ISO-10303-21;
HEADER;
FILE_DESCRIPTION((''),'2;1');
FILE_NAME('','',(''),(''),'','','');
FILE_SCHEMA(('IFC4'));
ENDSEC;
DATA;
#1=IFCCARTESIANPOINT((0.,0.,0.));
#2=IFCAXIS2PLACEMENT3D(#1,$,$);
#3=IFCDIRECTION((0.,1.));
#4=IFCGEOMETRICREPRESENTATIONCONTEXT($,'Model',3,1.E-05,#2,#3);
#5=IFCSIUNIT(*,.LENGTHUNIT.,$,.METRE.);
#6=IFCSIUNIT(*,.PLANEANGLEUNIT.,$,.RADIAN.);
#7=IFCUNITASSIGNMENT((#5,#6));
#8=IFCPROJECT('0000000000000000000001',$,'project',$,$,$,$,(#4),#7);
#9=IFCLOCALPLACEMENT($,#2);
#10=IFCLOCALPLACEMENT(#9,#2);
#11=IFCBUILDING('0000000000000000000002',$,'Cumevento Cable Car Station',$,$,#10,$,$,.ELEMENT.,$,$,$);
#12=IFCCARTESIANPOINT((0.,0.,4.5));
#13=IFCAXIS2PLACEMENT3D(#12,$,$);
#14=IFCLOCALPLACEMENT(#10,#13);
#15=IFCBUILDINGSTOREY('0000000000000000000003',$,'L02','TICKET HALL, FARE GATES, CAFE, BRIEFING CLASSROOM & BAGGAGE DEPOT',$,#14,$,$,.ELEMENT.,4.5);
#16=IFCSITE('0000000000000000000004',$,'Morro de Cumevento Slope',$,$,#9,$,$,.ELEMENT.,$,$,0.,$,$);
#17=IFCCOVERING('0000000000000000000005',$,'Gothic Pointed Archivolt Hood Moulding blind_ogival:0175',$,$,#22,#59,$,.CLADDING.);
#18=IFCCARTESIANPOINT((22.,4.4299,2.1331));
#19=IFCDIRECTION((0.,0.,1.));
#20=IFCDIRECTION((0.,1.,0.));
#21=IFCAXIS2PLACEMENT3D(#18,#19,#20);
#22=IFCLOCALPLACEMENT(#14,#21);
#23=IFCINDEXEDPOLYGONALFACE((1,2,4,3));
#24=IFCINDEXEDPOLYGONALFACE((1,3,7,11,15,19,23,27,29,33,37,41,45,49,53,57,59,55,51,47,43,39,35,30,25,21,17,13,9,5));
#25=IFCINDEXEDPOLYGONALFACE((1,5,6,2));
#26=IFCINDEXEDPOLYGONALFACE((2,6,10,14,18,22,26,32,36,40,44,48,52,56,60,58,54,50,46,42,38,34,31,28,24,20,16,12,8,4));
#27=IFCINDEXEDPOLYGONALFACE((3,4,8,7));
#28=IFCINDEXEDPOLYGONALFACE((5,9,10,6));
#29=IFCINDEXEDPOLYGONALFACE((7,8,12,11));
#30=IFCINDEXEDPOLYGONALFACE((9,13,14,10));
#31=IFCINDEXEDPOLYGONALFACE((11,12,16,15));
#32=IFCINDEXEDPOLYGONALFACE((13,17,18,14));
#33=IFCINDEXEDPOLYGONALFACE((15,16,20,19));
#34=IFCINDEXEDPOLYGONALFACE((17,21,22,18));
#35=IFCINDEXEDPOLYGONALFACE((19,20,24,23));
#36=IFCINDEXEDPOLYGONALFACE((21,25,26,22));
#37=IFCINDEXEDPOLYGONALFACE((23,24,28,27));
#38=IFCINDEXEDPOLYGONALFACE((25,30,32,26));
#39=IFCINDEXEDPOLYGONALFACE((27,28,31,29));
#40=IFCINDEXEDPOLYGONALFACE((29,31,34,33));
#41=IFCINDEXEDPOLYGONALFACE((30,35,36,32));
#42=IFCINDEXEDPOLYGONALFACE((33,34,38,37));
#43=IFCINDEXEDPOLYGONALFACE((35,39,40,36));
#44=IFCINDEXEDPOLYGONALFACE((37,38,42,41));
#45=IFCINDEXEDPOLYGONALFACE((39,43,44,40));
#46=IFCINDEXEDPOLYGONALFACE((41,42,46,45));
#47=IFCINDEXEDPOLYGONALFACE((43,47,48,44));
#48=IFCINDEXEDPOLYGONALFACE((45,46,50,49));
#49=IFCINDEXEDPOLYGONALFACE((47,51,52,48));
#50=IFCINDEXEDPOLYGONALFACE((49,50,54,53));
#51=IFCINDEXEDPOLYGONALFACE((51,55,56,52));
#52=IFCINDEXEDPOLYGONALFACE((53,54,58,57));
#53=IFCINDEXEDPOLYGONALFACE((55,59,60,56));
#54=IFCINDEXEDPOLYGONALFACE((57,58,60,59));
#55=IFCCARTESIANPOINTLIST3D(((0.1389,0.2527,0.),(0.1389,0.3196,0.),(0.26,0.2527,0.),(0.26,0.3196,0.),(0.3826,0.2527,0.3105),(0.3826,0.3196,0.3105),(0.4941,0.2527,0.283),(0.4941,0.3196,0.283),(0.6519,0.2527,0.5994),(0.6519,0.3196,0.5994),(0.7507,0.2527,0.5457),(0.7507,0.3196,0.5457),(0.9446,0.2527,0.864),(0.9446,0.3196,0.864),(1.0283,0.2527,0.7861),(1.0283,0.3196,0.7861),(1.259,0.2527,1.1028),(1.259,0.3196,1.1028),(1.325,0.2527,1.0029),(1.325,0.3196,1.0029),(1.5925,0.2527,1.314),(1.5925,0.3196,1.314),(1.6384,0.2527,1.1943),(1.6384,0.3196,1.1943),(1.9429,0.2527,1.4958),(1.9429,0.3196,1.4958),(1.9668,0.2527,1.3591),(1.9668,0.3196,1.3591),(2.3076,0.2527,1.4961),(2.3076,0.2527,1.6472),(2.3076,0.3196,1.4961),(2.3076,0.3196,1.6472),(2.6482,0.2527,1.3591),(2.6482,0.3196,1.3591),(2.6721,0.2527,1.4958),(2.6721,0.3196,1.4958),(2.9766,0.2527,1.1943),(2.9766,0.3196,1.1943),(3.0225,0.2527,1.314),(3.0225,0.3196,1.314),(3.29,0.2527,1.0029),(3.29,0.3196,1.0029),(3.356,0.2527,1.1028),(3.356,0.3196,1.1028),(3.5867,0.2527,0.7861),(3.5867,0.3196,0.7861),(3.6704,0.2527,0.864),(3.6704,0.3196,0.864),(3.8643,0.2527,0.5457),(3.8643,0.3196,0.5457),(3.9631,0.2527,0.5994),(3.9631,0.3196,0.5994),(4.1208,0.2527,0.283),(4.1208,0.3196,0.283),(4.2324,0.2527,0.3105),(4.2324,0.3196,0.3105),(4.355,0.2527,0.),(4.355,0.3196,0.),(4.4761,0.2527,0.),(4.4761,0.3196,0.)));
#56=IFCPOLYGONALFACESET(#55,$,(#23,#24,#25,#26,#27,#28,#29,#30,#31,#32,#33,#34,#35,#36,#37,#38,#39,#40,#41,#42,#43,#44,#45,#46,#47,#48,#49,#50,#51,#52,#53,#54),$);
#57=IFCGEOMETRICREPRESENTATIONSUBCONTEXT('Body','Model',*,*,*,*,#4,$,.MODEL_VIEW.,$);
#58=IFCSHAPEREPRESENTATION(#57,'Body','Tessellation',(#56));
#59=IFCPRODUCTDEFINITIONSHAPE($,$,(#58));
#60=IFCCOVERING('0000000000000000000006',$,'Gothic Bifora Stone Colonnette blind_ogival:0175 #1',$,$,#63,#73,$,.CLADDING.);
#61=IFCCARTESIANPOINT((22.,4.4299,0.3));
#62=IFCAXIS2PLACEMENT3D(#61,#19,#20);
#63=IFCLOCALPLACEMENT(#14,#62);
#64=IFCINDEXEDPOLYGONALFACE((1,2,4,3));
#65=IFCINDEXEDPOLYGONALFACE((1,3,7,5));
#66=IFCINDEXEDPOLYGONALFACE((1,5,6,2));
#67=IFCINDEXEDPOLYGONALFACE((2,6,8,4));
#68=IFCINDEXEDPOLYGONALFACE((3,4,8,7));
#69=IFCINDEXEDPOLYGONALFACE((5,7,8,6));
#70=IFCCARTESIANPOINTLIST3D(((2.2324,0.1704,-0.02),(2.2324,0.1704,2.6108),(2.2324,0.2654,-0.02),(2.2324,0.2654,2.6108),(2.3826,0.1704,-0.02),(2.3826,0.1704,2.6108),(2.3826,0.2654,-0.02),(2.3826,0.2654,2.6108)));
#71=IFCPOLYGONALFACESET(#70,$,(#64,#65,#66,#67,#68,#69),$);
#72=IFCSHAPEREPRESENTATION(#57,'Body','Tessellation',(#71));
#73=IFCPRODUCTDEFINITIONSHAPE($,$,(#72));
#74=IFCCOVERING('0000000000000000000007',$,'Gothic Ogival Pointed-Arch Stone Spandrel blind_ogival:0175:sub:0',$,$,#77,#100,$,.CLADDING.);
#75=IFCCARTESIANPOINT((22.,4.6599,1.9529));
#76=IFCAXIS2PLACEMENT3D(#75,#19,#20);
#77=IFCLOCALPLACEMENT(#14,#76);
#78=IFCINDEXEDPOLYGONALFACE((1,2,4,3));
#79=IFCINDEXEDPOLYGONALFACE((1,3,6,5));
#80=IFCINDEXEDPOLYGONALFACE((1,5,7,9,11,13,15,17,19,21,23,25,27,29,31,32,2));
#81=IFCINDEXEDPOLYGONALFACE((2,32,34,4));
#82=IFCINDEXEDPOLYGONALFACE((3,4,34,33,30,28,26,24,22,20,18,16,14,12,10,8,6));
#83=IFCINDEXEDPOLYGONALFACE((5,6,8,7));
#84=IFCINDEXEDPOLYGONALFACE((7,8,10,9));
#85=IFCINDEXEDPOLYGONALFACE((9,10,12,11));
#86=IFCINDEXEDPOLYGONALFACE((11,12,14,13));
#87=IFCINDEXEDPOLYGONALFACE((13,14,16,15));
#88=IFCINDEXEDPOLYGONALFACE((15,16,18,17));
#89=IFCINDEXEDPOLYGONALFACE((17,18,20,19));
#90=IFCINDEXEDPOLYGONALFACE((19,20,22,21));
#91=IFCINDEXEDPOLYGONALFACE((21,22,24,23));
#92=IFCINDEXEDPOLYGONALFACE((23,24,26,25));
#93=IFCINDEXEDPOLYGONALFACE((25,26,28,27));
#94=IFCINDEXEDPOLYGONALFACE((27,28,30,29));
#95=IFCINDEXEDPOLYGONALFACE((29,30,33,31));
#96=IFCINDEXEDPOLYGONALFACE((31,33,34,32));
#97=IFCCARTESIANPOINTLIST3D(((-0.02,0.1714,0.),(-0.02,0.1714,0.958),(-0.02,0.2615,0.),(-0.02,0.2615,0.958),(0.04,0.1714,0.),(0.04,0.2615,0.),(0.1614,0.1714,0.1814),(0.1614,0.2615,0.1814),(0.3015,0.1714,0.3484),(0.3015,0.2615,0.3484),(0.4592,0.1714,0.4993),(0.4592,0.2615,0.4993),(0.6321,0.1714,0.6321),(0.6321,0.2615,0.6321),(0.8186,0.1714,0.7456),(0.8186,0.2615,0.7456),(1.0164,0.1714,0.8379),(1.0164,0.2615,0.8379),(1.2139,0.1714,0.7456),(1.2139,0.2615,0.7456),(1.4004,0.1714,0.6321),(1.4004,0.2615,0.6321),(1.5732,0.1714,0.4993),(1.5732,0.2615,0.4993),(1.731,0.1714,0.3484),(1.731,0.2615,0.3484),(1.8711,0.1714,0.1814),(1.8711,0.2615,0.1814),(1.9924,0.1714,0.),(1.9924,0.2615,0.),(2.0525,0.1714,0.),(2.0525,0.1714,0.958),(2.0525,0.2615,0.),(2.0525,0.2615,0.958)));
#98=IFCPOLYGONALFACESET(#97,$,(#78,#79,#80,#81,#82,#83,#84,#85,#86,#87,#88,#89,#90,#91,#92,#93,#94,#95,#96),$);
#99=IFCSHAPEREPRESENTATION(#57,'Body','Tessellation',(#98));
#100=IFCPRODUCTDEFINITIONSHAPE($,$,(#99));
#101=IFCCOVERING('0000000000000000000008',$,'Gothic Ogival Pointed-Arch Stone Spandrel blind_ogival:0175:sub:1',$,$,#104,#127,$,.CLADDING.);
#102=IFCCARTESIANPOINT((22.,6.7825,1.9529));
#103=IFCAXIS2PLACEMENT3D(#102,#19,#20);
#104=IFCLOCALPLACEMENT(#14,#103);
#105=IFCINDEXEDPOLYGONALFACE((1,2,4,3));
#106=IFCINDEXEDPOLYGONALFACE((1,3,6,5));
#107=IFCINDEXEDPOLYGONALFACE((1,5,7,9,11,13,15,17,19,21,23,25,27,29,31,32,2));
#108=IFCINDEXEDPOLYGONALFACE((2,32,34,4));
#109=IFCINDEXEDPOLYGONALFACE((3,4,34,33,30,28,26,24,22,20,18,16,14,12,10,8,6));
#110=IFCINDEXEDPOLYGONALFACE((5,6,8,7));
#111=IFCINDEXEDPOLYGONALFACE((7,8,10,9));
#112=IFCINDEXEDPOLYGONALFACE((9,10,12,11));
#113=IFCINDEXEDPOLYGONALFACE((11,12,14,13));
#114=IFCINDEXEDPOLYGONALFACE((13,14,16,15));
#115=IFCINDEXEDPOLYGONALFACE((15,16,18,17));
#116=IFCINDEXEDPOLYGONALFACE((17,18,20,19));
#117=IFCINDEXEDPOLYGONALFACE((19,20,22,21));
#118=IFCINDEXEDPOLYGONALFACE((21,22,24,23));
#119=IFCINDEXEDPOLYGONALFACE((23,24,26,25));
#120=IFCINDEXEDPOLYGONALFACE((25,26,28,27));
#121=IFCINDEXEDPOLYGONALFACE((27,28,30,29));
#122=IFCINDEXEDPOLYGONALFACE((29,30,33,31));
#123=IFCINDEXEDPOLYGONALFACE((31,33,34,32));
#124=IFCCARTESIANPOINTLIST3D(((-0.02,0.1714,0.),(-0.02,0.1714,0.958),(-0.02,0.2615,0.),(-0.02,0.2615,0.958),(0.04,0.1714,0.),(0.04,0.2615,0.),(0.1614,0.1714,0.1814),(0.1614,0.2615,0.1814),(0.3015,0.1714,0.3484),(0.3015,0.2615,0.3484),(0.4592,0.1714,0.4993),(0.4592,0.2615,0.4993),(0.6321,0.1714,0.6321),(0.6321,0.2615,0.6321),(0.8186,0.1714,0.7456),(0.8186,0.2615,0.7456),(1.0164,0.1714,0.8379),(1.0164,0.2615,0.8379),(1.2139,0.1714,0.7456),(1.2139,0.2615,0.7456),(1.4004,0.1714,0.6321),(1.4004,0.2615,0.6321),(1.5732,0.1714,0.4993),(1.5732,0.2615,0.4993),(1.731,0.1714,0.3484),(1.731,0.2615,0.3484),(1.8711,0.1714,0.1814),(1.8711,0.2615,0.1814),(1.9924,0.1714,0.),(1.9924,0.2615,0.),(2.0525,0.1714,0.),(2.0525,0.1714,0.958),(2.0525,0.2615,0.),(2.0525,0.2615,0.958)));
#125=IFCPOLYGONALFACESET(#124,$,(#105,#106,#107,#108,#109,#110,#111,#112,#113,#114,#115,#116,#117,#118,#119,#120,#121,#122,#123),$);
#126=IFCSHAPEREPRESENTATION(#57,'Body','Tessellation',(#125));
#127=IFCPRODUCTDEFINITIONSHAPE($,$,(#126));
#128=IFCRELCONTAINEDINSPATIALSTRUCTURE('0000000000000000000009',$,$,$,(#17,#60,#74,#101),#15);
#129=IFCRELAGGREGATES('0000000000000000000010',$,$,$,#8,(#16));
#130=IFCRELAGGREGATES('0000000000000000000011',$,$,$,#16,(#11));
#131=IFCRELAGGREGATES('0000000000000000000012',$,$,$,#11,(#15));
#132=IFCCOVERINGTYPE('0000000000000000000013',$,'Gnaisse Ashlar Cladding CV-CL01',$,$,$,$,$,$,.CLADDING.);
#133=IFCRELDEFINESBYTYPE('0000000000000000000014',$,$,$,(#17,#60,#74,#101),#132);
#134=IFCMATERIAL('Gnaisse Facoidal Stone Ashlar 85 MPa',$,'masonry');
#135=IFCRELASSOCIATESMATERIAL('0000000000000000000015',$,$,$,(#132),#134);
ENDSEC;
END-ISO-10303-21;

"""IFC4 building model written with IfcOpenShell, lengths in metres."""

from ifc_helpers import new_model, si_unit, direction, frame, origin, place, context, subcontext, project, spatial, polyline, outline, extrude, material, type_object, element, save


model = new_model("IFC4")

# Units and contexts
model_context = context("Model", 3, precision=1e-05, world=origin(), true_north=direction((0.0, 1.0)))
body_context = subcontext(model_context, "Body", "Model", "MODEL_VIEW")
ifc_project = project(units=[si_unit("LENGTHUNIT", "METRE"), si_unit("PLANEANGLEUNIT", "RADIAN")], contexts=[model_context])

# Site, building, storey
site_placement = place(None, origin())
site = spatial("IfcSite", under=ifc_project, at=site_placement, Name="Morro de Cumevento Slope", CompositionType="ELEMENT", RefElevation=0.0)
building_placement = place(site_placement, origin())
building = spatial("IfcBuilding", under=site, at=building_placement, Name="Cumevento Cable Car Station", CompositionType="ELEMENT")
storey_placement = place(building_placement, frame((0.0, 0.0, 4.5)))
storey = spatial("IfcBuildingStorey", under=building, at=storey_placement, Name="L02", Description="TICKET HALL, FARE GATES, CAFE, BRIEFING CLASSROOM & BAGGAGE DEPOT", CompositionType="ELEMENT", Elevation=4.5)

# Coverings
ifc_material_1 = material(Name="Gnaisse Facoidal Stone Ashlar 85 MPa", Category="masonry")
covering_type = type_object("IfcCoveringType", Name="Gnaisse Ashlar Cladding CV-CL01", PredefinedType="CLADDING", material=ifc_material_1)
placement_1 = place(storey_placement, frame((22.0, 4.4299, 0.3), z_axis=(0.0, 0.0, 1.0), x_axis=(0.0, 1.0, 0.0)))
covering_1_placement = place(storey_placement, frame((22.0, 4.4299, 2.1331), z_axis=(0.0, 0.0, 1.0), x_axis=(0.0, 1.0, 0.0)))
element("IfcCovering", 1, at=covering_1_placement, inside=storey, type_object=covering_type, Name="Gothic Pointed Archivolt Hood Moulding blind_ogival:0175", PredefinedType="CLADDING", context=body_context, shape_type="SweptSolid", body=[
    extrude(outline(polyline([(0.26, 0.0), (0.4941, 0.283), (0.7507, 0.5457), (1.0283, 0.7861), (1.325, 1.0029), (1.6384, 1.1943), (1.9668, 1.3591), (2.3076, 1.4961), (2.6482, 1.3591), (2.9766, 1.1943), (3.29, 1.0029), (3.5867, 0.7861), (3.8643, 0.5457), (4.1208, 0.283), (4.355, 0.0), (4.4761, 0.0), (4.2324, 0.3105), (3.9631, 0.5994), (3.6704, 0.864), (3.356, 1.1028), (3.0225, 1.314), (2.6721, 1.4958), (2.3076, 1.6472), (1.9429, 1.4958), (1.5925, 1.314), (1.259, 1.1028), (0.9446, 0.864), (0.6519, 0.5994), (0.3826, 0.3105), (0.1389, 0.0), (0.26, 0.0)])), frame((0.0, 0.3196, 0.0), z_axis=(0.0, -1.0, 0.0), x_axis=(1.0, 0.0, 0.0)), (0.0, 0.0, 1.0), 0.0669),
])
element("IfcCovering", 2, at=placement_1, inside=storey, type_object=covering_type, Name="Gothic Bifora Stone Colonnette blind_ogival:0175 #1", PredefinedType="CLADDING", context=body_context, shape_type="SweptSolid", body=[
    extrude(outline(polyline([(2.2324, -0.02), (2.3826, -0.02), (2.3826, 2.6108), (2.2324, 2.6108), (2.2324, -0.02)])), frame((0.0, 0.2654, 0.0), z_axis=(0.0, -1.0, 0.0), x_axis=(1.0, 0.0, 0.0)), (0.0, 0.0, 1.0), 0.095),
])
for number, where, z_axis, x_axis, name in (
    (3, (22.0, 4.6599, 1.9529), (0.0, 0.0, 1.0), (0.0, 1.0, 0.0), "Gothic Ogival Pointed-Arch Stone Spandrel blind_ogival:0175:sub:0"),
    (4, (22.0, 6.7825, 1.9529), (0.0, 0.0, 1.0), (0.0, 1.0, 0.0), "Gothic Ogival Pointed-Arch Stone Spandrel blind_ogival:0175:sub:1"),
):
    element("IfcCovering", number, at=place(storey_placement, frame(where, z_axis=z_axis, x_axis=x_axis)), inside=storey, type_object=covering_type, Name=name, PredefinedType="CLADDING", context=body_context, shape_type="SweptSolid", body=[
        extrude(outline(polyline([(-0.02, 0.0), (-0.02, 0.958), (2.0525, 0.958), (2.0525, 0.0), (1.9924, 0.0), (1.8711, 0.1814), (1.731, 0.3484), (1.5732, 0.4993), (1.4004, 0.6321), (1.2139, 0.7456), (1.0164, 0.8379), (0.8186, 0.7456), (0.6321, 0.6321), (0.4592, 0.4993), (0.3015, 0.3484), (0.1614, 0.1814), (0.04, 0.0), (-0.02, 0.0)])), frame((0.0, 0.2615, 0.0), z_axis=(0.0, -1.0, 0.0), x_axis=(1.0, 0.0, 0.0)), (0.0, 0.0, 1.0), 0.0901),
    ])

save(model, "model.ifc")
